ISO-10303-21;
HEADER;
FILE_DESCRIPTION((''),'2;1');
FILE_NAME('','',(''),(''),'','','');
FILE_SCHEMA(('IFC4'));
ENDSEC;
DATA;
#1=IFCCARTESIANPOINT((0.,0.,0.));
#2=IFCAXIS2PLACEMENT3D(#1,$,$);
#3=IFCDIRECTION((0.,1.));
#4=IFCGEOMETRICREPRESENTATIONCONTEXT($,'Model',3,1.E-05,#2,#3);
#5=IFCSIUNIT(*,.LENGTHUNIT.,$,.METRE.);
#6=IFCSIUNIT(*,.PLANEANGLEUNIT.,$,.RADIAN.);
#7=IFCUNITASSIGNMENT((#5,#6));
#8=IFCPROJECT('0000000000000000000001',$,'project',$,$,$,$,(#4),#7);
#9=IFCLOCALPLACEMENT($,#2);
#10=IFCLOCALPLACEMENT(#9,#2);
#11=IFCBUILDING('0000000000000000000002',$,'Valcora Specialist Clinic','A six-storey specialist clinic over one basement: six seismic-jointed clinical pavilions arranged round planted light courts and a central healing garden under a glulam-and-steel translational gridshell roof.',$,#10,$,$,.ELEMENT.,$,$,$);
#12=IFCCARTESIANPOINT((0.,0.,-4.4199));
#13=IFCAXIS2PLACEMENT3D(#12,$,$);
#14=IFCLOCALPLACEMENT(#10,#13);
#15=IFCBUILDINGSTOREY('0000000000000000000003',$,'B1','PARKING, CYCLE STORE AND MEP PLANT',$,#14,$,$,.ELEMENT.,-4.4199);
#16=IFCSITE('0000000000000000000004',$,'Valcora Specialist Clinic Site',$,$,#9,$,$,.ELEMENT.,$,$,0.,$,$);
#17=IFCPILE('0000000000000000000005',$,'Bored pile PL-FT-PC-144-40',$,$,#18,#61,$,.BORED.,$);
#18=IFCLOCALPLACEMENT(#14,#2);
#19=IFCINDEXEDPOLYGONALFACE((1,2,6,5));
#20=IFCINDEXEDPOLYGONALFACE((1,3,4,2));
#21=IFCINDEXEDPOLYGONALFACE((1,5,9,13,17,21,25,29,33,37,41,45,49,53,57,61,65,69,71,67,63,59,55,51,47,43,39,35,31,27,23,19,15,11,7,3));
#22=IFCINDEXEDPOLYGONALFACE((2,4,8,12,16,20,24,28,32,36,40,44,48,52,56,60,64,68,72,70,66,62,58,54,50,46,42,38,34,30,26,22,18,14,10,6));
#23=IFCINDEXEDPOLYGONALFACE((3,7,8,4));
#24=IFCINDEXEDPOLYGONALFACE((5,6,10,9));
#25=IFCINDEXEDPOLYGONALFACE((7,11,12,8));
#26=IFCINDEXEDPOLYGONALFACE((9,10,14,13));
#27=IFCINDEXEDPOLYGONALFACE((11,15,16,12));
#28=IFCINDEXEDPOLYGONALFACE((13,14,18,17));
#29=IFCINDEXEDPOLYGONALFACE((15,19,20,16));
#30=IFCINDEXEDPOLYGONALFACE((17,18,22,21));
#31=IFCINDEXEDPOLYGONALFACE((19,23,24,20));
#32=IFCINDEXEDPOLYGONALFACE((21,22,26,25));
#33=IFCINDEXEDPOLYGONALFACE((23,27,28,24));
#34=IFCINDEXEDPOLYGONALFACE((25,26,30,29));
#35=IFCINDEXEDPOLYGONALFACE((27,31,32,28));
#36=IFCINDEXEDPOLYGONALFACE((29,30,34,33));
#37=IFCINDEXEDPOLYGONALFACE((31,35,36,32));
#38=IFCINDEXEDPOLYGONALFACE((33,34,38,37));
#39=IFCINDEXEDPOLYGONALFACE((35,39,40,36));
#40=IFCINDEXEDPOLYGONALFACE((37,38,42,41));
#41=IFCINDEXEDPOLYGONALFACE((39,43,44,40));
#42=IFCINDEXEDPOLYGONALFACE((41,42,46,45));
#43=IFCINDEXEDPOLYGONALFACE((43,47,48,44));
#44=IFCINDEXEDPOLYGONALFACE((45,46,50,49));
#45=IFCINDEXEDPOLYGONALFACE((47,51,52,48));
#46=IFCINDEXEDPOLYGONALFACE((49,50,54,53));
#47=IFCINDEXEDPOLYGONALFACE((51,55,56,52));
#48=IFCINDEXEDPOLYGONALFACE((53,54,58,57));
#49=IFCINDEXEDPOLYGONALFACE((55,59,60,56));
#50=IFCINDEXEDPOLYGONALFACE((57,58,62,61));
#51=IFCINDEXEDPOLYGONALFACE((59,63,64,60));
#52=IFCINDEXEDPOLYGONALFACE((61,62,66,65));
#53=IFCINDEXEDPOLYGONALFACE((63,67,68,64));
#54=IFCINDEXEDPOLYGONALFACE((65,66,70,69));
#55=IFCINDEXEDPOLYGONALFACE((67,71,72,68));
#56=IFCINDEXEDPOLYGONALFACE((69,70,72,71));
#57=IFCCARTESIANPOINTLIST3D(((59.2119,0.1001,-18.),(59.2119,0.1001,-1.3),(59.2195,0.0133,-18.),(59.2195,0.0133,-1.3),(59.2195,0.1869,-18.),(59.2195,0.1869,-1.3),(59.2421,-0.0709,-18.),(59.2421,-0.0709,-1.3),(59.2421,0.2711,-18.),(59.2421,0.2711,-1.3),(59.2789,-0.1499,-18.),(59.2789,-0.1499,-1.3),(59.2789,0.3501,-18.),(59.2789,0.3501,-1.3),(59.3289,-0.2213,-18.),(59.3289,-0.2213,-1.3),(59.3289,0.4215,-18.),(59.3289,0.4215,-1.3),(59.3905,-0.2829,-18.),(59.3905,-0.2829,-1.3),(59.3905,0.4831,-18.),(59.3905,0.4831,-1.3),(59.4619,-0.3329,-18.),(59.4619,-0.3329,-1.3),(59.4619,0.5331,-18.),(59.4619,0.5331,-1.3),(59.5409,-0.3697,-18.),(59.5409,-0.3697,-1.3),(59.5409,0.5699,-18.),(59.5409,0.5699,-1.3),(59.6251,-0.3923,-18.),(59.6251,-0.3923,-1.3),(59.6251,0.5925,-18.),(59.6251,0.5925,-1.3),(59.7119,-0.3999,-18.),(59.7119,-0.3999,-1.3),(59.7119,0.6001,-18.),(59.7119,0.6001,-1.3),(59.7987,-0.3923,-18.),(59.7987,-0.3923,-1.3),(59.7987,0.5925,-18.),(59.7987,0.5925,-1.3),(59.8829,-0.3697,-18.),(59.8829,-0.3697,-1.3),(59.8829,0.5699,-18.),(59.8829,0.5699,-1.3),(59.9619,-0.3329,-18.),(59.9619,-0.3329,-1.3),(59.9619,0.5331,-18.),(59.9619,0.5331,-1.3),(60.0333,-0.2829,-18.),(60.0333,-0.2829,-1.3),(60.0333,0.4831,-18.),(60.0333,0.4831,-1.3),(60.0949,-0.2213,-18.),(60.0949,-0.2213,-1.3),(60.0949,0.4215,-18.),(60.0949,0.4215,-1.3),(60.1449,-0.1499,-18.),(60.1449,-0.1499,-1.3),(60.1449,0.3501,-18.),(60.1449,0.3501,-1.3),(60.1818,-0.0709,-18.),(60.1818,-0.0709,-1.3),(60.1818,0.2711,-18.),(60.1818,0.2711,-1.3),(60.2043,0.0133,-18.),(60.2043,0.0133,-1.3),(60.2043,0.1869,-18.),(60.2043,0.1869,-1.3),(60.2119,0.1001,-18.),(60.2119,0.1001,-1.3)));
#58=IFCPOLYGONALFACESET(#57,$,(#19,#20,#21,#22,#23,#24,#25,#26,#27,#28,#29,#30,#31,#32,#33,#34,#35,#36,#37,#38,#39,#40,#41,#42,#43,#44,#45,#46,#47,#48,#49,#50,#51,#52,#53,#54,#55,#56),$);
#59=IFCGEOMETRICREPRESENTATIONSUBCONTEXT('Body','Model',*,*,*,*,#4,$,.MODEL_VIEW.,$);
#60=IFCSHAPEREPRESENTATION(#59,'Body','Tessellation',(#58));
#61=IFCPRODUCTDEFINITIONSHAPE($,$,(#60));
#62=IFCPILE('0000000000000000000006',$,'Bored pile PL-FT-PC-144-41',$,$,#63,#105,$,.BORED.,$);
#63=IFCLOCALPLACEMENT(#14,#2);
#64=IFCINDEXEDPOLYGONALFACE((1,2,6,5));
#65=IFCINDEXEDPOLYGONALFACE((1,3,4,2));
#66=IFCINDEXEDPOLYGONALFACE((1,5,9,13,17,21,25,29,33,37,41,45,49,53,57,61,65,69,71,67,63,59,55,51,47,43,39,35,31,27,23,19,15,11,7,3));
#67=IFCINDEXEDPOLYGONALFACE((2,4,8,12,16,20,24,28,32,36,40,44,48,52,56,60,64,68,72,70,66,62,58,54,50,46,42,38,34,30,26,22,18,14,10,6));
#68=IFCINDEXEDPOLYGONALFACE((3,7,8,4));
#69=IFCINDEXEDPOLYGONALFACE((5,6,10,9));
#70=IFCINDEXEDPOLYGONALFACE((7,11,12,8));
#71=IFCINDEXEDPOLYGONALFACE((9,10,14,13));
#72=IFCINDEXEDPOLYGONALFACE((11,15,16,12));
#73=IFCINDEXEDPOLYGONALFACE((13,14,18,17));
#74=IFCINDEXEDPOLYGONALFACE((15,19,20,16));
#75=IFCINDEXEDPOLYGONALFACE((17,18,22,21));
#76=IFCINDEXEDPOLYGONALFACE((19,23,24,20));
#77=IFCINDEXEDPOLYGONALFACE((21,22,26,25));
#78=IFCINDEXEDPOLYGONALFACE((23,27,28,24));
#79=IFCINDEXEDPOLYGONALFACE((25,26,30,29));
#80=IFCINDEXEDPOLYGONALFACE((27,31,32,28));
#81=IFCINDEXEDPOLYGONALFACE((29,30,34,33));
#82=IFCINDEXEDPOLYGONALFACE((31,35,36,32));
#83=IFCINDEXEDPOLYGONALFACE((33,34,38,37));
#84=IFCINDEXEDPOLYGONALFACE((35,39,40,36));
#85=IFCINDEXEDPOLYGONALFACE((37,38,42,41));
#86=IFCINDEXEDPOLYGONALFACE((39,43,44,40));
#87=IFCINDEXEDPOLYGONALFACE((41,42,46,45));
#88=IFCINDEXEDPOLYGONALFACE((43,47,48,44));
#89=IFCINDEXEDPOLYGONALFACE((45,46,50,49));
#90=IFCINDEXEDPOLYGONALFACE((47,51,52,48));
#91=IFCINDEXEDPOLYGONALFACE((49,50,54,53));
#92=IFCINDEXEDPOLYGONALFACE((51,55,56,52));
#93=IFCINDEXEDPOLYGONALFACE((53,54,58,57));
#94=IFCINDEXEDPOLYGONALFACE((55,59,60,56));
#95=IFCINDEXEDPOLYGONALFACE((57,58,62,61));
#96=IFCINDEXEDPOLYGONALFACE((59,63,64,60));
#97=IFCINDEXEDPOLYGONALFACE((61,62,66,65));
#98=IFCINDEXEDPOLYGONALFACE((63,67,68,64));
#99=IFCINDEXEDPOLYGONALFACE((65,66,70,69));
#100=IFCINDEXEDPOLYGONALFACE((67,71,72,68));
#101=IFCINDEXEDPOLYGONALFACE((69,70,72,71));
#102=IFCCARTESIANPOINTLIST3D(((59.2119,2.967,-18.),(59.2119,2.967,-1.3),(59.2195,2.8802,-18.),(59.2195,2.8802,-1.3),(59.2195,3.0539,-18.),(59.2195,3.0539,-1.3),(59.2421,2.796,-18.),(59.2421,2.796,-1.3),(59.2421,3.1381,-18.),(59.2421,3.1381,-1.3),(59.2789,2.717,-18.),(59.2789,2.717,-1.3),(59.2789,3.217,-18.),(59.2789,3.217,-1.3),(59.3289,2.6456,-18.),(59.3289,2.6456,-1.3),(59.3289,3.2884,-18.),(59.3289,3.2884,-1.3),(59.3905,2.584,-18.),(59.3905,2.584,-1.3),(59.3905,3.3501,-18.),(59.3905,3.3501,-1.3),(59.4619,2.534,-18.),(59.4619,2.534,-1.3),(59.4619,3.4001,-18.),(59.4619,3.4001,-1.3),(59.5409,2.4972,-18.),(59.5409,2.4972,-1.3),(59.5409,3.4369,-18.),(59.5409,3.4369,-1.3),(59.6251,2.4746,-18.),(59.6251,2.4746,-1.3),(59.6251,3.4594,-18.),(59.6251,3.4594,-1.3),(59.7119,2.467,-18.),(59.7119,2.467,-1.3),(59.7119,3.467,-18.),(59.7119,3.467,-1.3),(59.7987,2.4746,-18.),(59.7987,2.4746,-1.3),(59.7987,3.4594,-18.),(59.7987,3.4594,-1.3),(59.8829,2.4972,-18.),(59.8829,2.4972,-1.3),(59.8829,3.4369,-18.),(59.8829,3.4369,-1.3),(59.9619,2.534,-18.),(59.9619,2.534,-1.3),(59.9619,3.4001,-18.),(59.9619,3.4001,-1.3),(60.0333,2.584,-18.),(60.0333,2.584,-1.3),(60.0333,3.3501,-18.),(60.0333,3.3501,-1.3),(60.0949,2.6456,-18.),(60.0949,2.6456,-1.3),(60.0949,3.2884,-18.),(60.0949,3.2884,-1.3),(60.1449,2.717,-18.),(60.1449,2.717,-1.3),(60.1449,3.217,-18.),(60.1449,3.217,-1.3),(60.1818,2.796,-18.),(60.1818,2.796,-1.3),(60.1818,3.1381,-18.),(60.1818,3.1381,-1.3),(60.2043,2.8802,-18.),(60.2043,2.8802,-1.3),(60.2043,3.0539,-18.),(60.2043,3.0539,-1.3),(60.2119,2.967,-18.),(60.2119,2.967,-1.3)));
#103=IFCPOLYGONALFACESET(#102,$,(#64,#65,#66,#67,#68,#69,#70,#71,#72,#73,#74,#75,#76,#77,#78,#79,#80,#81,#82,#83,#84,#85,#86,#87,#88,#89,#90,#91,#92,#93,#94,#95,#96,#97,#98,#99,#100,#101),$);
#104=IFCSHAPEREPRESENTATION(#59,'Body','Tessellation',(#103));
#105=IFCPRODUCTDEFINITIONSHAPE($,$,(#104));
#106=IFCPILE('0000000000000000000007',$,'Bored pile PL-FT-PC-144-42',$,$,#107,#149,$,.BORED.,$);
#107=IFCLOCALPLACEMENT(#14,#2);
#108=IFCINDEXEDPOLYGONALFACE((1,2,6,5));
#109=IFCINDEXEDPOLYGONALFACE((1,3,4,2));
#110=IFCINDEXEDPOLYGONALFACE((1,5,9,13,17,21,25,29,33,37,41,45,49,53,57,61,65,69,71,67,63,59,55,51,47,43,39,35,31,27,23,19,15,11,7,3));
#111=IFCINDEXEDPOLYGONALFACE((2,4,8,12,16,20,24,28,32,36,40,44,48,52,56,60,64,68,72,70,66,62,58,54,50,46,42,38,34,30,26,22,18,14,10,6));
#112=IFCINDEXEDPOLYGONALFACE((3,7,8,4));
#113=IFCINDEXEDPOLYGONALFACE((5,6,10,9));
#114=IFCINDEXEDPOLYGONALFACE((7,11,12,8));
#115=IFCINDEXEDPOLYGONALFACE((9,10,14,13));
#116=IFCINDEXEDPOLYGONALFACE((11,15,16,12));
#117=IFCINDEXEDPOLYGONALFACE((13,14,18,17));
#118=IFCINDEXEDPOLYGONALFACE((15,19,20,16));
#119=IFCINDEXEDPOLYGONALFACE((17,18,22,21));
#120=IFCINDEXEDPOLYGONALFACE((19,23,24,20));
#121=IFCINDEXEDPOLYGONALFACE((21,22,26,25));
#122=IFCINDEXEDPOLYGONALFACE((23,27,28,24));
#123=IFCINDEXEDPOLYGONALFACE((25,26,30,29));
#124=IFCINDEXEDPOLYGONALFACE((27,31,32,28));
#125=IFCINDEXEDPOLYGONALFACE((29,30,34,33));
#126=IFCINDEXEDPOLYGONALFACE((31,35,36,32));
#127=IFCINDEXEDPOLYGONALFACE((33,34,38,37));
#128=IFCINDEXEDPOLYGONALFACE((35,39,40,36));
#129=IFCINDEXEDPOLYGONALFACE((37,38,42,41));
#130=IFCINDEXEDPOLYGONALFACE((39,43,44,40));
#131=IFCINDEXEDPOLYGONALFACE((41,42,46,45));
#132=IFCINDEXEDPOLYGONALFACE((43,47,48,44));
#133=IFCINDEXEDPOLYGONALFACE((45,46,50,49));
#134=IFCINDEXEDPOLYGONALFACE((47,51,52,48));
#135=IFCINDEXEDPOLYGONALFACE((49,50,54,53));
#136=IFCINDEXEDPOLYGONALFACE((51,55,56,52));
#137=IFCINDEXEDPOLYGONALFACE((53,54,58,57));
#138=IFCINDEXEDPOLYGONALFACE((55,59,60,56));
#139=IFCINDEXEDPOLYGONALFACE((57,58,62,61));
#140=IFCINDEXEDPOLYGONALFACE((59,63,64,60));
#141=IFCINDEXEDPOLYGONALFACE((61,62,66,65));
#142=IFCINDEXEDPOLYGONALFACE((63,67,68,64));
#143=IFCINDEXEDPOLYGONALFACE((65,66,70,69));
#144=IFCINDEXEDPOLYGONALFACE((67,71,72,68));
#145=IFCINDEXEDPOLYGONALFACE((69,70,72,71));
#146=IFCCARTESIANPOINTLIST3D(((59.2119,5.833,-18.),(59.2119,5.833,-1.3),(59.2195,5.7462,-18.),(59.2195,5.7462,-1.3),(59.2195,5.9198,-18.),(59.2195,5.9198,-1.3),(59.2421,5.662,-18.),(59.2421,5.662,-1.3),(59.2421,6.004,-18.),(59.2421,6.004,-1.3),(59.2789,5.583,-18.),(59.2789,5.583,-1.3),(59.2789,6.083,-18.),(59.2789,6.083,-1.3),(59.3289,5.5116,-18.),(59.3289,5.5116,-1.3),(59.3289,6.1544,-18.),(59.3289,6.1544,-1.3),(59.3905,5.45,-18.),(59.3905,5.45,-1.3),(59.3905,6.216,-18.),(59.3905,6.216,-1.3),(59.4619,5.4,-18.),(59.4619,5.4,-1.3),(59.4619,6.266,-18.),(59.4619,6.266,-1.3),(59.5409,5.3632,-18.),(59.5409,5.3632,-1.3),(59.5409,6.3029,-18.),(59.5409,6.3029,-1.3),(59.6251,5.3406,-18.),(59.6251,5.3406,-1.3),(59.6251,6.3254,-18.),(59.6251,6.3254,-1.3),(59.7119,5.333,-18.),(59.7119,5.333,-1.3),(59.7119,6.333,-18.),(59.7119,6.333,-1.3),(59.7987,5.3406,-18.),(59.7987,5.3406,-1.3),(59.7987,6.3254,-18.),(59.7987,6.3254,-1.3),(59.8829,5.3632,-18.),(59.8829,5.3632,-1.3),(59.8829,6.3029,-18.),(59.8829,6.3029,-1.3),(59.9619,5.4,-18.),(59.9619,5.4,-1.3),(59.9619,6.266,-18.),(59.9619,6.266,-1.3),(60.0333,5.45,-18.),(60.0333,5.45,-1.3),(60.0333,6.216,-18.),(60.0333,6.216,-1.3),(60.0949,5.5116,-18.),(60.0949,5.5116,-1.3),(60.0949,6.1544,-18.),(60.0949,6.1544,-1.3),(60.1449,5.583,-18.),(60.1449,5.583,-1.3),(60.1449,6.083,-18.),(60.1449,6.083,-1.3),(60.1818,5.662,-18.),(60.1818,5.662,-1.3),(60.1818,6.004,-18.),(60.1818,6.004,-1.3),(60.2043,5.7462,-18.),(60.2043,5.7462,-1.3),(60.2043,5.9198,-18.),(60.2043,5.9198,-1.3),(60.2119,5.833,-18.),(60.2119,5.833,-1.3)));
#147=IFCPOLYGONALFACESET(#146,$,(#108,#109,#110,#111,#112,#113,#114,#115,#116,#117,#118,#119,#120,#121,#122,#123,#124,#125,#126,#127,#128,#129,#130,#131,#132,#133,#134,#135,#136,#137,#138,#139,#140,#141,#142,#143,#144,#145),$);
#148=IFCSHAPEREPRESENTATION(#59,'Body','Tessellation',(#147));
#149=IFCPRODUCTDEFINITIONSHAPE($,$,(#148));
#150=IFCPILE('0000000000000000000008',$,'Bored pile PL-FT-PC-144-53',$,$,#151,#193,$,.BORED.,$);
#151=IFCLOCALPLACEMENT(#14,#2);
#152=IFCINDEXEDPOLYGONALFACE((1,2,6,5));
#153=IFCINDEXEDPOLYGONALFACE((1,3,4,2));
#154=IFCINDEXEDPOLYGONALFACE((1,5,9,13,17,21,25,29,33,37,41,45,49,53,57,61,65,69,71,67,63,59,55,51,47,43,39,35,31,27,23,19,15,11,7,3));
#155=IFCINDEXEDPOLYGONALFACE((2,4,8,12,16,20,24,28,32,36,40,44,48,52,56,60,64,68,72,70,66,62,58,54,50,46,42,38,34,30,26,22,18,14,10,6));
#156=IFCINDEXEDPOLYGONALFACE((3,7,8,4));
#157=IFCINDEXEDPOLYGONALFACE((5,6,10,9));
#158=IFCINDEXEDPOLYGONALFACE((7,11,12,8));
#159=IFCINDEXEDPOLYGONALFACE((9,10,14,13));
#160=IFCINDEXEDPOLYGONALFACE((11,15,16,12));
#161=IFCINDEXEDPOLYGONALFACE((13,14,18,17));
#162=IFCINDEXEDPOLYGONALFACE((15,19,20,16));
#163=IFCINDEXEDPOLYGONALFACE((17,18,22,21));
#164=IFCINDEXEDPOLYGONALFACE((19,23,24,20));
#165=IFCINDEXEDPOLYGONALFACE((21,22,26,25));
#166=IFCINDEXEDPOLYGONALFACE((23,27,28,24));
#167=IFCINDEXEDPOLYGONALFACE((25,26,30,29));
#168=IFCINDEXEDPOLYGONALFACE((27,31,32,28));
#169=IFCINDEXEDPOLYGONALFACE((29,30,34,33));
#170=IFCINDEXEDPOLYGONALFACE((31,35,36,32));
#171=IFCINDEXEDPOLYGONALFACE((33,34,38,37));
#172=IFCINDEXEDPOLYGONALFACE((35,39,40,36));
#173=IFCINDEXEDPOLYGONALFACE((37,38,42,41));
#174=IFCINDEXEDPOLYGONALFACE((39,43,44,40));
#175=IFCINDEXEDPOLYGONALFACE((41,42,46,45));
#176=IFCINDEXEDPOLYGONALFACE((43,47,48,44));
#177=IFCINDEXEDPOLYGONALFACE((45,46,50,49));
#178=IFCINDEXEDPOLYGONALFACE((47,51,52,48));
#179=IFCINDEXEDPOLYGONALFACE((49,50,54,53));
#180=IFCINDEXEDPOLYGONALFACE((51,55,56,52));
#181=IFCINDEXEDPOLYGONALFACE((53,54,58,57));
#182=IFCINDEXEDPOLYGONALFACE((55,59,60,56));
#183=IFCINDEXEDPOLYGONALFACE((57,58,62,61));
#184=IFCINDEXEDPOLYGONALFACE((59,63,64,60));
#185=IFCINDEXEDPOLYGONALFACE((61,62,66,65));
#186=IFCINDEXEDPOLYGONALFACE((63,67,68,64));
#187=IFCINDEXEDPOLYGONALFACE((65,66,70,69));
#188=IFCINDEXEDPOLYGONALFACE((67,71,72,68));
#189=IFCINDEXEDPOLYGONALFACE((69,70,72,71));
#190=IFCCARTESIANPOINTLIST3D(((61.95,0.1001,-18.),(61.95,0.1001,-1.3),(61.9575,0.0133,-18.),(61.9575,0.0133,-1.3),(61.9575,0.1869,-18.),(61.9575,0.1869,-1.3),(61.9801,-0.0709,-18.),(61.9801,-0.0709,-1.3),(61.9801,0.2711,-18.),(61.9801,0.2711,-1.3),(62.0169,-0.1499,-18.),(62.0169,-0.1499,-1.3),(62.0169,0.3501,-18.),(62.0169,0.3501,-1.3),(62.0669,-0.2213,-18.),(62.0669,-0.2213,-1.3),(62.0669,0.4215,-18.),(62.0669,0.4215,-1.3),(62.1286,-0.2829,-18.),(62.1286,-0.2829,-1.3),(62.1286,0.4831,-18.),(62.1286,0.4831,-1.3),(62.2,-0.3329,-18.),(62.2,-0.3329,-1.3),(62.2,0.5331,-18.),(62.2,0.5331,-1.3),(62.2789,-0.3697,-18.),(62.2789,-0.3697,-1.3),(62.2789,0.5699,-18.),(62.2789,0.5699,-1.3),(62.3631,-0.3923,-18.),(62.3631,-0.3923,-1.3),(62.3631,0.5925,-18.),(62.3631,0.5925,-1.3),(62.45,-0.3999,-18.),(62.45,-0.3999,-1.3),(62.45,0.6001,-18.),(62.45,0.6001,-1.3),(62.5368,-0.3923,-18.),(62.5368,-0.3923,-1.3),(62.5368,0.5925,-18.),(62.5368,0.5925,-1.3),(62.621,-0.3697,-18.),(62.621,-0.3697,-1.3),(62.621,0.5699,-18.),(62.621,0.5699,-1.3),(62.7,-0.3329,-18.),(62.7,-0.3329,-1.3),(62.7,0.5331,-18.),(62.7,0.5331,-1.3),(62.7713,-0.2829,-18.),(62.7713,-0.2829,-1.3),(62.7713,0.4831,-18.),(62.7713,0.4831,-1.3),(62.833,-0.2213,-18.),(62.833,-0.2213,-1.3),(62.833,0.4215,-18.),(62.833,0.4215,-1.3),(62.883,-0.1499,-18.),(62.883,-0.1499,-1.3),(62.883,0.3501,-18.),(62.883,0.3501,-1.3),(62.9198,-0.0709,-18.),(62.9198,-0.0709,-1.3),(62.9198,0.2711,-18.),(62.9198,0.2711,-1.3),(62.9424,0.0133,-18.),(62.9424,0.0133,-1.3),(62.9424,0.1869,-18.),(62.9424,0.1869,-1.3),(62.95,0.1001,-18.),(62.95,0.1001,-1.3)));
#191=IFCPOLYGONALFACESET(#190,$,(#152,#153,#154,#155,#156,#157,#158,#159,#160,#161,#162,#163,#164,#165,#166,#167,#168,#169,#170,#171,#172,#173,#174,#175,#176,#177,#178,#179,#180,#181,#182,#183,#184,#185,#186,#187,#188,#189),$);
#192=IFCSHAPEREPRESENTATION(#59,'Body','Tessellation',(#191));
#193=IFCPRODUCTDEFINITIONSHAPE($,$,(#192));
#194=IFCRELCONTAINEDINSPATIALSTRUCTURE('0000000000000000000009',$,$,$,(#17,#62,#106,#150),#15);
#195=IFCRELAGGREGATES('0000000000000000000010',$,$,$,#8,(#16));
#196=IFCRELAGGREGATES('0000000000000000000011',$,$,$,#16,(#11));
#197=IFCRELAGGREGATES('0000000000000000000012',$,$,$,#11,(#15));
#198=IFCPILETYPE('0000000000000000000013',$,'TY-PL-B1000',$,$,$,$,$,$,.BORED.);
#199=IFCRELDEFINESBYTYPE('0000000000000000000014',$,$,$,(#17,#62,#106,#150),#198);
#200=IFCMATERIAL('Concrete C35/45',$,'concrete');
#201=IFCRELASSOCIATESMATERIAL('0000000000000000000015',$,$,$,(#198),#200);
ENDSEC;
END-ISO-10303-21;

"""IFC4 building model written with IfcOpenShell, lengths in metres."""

from ifc_helpers import new_model, si_unit, direction, frame, origin, origin_2d, place, context, subcontext, project, spatial, circle, extrude, material, material_profile, profile_set, type_object, element, save


model = new_model("IFC4")

# Units and contexts
model_context = context("Model", 3, precision=1e-05, world=origin(), true_north=direction((0.0, 1.0)))
body_context = subcontext(model_context, "Body", "Model", "MODEL_VIEW")
ifc_project = project(units=[si_unit("LENGTHUNIT", "METRE"), si_unit("PLANEANGLEUNIT", "RADIAN")], contexts=[model_context])

# Site, building, storey
site_placement = place(None, origin())
site = spatial("IfcSite", under=ifc_project, at=site_placement, Name="Valcora Specialist Clinic Site", CompositionType="ELEMENT", RefElevation=0.0)
building_placement = place(site_placement, origin())
building = spatial("IfcBuilding", under=site, at=building_placement, Name="Valcora Specialist Clinic", Description="A six-storey specialist clinic over one basement: six seismic-jointed clinical pavilions arranged round planted light courts and a central healing garden under a glulam-and-steel translational gridshell roof.", CompositionType="ELEMENT")
storey_placement = place(building_placement, frame((0.0, 0.0, -4.4199)))
storey = spatial("IfcBuildingStorey", under=building, at=storey_placement, Name="B1", Description="PARKING, CYCLE STORE AND MEP PLANT", CompositionType="ELEMENT", Elevation=-4.4199)

# Shared definitions
ifc_material_1 = material(Name="Concrete C35/45", Category="concrete")

# Piles
ifc_material_profile_1 = material_profile(ifc_material_1, circle(Radius=0.5, at=origin_2d()), Name="RC-PIL-D1000")
ifc_profile_set_1 = profile_set([ifc_material_profile_1], Name="Concrete C35/45")
pile_type_1 = type_object("IfcPileType", Name="TY-PL-B1000", PredefinedType="BORED", material=ifc_profile_set_1)
for number, where, z_axis, x_axis, name in (
    (1, (59.7119, 0.1001, -1.3), (0.0, 0.0, -1.0), (1.0, 0.0, 0.0), "Bored pile PL-FT-PC-144-40"),
    (2, (59.7119, 2.967, -1.3), (0.0, 0.0, -1.0), (1.0, 0.0, 0.0), "Bored pile PL-FT-PC-144-41"),
    (3, (59.7119, 5.833, -1.3), (0.0, 0.0, -1.0), (1.0, 0.0, 0.0), "Bored pile PL-FT-PC-144-42"),
    (4, (62.45, 0.1001, -1.3), (0.0, 0.0, -1.0), (1.0, 0.0, 0.0), "Bored pile PL-FT-PC-144-53"),
):
    element("IfcPile", number, at=place(storey_placement, frame(where, z_axis=z_axis, x_axis=x_axis)), inside=storey, type_object=pile_type_1, Name=name, PredefinedType="BORED", context=body_context, shape_type="SweptSolid", body=[
        extrude(circle(Radius=0.5, at=origin_2d()), origin(), (0.0, 0.0, 1.0), 16.7),
    ])

save(model, "model.ifc")
